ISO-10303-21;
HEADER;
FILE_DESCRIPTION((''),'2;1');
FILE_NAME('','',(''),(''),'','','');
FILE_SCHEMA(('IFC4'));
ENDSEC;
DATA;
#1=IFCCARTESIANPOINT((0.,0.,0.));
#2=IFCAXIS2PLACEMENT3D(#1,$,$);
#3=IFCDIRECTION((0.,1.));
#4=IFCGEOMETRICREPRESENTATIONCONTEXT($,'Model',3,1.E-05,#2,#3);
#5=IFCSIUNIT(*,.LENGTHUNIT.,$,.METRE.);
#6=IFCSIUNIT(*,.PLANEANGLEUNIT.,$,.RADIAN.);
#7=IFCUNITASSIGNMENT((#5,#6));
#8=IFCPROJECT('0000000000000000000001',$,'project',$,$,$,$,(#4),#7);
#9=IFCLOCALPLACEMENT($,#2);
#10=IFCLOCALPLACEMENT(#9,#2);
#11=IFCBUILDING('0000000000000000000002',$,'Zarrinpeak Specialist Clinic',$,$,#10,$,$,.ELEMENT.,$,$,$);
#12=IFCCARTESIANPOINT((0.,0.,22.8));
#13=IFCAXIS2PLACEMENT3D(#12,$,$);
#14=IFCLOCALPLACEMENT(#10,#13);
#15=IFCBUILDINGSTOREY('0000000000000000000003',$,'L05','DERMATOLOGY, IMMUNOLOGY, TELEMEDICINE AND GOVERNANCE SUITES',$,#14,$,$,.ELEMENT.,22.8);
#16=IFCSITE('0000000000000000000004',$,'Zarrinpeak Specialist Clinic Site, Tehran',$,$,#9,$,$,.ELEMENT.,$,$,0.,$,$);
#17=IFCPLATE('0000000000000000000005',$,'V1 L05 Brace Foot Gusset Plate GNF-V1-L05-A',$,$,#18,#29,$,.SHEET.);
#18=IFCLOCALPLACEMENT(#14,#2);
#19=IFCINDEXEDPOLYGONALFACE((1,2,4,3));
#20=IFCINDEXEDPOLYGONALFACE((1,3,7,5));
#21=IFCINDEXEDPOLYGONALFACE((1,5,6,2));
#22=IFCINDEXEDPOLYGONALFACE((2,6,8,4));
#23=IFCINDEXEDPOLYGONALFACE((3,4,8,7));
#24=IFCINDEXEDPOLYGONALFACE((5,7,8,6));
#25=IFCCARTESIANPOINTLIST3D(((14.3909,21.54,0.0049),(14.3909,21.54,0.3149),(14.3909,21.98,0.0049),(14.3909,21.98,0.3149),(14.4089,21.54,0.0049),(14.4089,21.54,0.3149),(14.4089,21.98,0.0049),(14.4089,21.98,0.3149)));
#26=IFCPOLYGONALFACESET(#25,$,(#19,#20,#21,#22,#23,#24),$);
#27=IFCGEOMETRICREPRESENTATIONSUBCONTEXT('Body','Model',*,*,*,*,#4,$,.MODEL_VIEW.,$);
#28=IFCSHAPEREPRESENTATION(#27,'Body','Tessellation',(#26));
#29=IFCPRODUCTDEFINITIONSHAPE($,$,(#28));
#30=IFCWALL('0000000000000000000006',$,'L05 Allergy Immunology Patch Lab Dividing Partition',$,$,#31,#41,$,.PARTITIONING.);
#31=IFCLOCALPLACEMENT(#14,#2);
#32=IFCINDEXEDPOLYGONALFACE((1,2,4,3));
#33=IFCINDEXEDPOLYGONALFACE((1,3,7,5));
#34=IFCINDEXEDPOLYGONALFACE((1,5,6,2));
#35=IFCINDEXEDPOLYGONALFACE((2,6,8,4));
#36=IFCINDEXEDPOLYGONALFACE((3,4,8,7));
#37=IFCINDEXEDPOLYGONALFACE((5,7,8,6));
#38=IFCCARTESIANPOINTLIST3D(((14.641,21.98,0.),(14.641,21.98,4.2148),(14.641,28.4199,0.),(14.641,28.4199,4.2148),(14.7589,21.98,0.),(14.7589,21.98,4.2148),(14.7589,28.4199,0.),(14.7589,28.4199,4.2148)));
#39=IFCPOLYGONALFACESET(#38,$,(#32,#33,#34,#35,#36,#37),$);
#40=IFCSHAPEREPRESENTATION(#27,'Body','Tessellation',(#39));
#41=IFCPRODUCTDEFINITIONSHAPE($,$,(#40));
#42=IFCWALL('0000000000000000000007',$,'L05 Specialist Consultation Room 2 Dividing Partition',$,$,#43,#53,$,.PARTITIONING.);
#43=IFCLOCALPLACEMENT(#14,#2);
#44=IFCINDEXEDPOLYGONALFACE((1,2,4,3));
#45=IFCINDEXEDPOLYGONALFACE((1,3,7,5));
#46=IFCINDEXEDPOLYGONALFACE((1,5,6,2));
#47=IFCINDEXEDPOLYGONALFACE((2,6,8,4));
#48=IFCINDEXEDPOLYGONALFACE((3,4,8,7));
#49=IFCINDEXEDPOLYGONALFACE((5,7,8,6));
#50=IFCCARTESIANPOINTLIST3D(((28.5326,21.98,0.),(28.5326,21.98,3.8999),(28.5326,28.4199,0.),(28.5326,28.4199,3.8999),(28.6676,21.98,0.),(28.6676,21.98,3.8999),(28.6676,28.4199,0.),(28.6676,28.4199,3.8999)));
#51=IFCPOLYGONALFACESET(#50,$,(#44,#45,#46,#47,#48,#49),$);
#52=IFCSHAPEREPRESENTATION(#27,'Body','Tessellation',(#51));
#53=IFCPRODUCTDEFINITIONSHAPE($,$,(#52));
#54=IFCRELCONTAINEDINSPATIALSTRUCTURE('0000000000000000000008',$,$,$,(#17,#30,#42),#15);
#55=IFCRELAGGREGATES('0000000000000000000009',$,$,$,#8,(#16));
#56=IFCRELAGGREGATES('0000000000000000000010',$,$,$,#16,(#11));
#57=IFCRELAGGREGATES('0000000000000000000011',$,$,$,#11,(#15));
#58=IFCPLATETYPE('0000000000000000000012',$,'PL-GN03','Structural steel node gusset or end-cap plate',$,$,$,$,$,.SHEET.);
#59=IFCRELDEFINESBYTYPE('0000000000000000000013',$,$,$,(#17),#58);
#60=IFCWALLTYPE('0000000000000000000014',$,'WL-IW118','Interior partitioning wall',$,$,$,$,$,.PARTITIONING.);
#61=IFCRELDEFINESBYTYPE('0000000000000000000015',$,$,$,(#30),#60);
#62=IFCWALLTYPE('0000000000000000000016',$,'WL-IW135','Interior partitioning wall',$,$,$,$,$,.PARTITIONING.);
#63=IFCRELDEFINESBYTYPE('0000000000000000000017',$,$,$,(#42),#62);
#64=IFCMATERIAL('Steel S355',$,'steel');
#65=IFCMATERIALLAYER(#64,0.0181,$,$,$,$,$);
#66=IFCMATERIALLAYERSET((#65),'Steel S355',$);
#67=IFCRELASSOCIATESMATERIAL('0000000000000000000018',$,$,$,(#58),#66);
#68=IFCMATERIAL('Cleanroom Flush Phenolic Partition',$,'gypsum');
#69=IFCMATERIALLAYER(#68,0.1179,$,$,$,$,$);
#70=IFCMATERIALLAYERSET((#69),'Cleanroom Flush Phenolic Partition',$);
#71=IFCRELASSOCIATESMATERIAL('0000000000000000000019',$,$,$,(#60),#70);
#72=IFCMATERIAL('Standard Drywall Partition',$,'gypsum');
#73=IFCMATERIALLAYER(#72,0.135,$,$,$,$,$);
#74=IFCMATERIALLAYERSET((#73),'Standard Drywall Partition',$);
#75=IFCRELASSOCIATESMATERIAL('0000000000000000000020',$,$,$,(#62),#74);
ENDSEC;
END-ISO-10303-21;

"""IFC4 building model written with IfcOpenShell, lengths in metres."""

from ifc_helpers import new_model, si_unit, direction, frame, frame_2d, origin, origin_2d, place, context, subcontext, project, spatial, rectangle, extrude, material, layer, layer_set, type_object, element, save


model = new_model("IFC4")

# Units and contexts
model_context = context("Model", 3, precision=1e-05, world=origin(), true_north=direction((0.0, 1.0)))
body_context = subcontext(model_context, "Body", "Model", "MODEL_VIEW")
ifc_project = project(units=[si_unit("LENGTHUNIT", "METRE"), si_unit("PLANEANGLEUNIT", "RADIAN")], contexts=[model_context])

# Site, building, storey
site_placement = place(None, origin())
site = spatial("IfcSite", under=ifc_project, at=site_placement, Name="Zarrinpeak Specialist Clinic Site, Tehran", CompositionType="ELEMENT", RefElevation=0.0)
building_placement = place(site_placement, origin())
building = spatial("IfcBuilding", under=site, at=building_placement, Name="Zarrinpeak Specialist Clinic", CompositionType="ELEMENT")
storey_placement = place(building_placement, frame((0.0, 0.0, 22.8)))
storey = spatial("IfcBuildingStorey", under=building, at=storey_placement, Name="L05", Description="DERMATOLOGY, IMMUNOLOGY, TELEMEDICINE AND GOVERNANCE SUITES", CompositionType="ELEMENT", Elevation=22.8)

# Shared definitions
ifc_material_1 = material(Name="Steel S355", Category="steel")

# Plate
ifc_layer_1 = layer(ifc_material_1, 0.0181)
ifc_layer_set_1 = layer_set([ifc_layer_1], Name="Steel S355")
plate_type_1 = type_object("IfcPlateType", Name="PL-GN03", Description="Structural steel node gusset or end-cap plate", PredefinedType="SHEET", material=ifc_layer_set_1)
plate_1_placement = place(storey_placement, frame((14.3999, 21.76, 0.0049), z_axis=(0.0, 0.0, 1.0), x_axis=(1.0, 0.0, 0.0)))
element("IfcPlate", 1, at=plate_1_placement, inside=storey, type_object=plate_type_1, Name="V1 L05 Brace Foot Gusset Plate GNF-V1-L05-A", PredefinedType="SHEET", context=body_context, shape_type="SweptSolid", body=[
    extrude(rectangle(XDim=0.0181, YDim=0.4399, at=origin_2d()), origin(), (0.0, 0.0, 1.0), 0.3101),
])

# Walls
ifc_material_2 = material(Name="Cleanroom Flush Phenolic Partition", Category="gypsum")
ifc_layer_2 = layer(ifc_material_2, 0.1179)
ifc_layer_set_2 = layer_set([ifc_layer_2], Name="Cleanroom Flush Phenolic Partition")
wall_type_1 = type_object("IfcWallType", Name="WL-IW118", Description="Interior partitioning wall", PredefinedType="PARTITIONING", material=ifc_layer_set_2)
wall_1_placement = place(storey_placement, frame((14.7, 21.98, 0.0), z_axis=(0.0, 0.0, 1.0), x_axis=(0.0, 1.0, 0.0)))
element("IfcWall", 2, at=wall_1_placement, inside=storey, type_object=wall_type_1, Name="L05 Allergy Immunology Patch Lab Dividing Partition", PredefinedType="PARTITIONING", context=body_context, shape_type="SweptSolid", body=[
    extrude(rectangle(XDim=6.4399, YDim=0.1179, at=frame_2d((3.22, 0.0))), origin(), (0.0, 0.0, 1.0), 4.2148),
])
ifc_material_3 = material(Name="Standard Drywall Partition", Category="gypsum")
ifc_layer_3 = layer(ifc_material_3, 0.135)
ifc_layer_set_3 = layer_set([ifc_layer_3], Name="Standard Drywall Partition")
wall_type_2 = type_object("IfcWallType", Name="WL-IW135", Description="Interior partitioning wall", PredefinedType="PARTITIONING", material=ifc_layer_set_3)
wall_2_placement = place(storey_placement, frame((28.6001, 21.98, 0.0), z_axis=(0.0, 0.0, 1.0), x_axis=(0.0, 1.0, 0.0)))
element("IfcWall", 3, at=wall_2_placement, inside=storey, type_object=wall_type_2, Name="L05 Specialist Consultation Room 2 Dividing Partition", PredefinedType="PARTITIONING", context=body_context, shape_type="SweptSolid", body=[
    extrude(rectangle(XDim=6.4399, YDim=0.135, at=frame_2d((3.22, 0.0))), origin(), (0.0, 0.0, 1.0), 3.8999),
])

save(model, "model.ifc")
